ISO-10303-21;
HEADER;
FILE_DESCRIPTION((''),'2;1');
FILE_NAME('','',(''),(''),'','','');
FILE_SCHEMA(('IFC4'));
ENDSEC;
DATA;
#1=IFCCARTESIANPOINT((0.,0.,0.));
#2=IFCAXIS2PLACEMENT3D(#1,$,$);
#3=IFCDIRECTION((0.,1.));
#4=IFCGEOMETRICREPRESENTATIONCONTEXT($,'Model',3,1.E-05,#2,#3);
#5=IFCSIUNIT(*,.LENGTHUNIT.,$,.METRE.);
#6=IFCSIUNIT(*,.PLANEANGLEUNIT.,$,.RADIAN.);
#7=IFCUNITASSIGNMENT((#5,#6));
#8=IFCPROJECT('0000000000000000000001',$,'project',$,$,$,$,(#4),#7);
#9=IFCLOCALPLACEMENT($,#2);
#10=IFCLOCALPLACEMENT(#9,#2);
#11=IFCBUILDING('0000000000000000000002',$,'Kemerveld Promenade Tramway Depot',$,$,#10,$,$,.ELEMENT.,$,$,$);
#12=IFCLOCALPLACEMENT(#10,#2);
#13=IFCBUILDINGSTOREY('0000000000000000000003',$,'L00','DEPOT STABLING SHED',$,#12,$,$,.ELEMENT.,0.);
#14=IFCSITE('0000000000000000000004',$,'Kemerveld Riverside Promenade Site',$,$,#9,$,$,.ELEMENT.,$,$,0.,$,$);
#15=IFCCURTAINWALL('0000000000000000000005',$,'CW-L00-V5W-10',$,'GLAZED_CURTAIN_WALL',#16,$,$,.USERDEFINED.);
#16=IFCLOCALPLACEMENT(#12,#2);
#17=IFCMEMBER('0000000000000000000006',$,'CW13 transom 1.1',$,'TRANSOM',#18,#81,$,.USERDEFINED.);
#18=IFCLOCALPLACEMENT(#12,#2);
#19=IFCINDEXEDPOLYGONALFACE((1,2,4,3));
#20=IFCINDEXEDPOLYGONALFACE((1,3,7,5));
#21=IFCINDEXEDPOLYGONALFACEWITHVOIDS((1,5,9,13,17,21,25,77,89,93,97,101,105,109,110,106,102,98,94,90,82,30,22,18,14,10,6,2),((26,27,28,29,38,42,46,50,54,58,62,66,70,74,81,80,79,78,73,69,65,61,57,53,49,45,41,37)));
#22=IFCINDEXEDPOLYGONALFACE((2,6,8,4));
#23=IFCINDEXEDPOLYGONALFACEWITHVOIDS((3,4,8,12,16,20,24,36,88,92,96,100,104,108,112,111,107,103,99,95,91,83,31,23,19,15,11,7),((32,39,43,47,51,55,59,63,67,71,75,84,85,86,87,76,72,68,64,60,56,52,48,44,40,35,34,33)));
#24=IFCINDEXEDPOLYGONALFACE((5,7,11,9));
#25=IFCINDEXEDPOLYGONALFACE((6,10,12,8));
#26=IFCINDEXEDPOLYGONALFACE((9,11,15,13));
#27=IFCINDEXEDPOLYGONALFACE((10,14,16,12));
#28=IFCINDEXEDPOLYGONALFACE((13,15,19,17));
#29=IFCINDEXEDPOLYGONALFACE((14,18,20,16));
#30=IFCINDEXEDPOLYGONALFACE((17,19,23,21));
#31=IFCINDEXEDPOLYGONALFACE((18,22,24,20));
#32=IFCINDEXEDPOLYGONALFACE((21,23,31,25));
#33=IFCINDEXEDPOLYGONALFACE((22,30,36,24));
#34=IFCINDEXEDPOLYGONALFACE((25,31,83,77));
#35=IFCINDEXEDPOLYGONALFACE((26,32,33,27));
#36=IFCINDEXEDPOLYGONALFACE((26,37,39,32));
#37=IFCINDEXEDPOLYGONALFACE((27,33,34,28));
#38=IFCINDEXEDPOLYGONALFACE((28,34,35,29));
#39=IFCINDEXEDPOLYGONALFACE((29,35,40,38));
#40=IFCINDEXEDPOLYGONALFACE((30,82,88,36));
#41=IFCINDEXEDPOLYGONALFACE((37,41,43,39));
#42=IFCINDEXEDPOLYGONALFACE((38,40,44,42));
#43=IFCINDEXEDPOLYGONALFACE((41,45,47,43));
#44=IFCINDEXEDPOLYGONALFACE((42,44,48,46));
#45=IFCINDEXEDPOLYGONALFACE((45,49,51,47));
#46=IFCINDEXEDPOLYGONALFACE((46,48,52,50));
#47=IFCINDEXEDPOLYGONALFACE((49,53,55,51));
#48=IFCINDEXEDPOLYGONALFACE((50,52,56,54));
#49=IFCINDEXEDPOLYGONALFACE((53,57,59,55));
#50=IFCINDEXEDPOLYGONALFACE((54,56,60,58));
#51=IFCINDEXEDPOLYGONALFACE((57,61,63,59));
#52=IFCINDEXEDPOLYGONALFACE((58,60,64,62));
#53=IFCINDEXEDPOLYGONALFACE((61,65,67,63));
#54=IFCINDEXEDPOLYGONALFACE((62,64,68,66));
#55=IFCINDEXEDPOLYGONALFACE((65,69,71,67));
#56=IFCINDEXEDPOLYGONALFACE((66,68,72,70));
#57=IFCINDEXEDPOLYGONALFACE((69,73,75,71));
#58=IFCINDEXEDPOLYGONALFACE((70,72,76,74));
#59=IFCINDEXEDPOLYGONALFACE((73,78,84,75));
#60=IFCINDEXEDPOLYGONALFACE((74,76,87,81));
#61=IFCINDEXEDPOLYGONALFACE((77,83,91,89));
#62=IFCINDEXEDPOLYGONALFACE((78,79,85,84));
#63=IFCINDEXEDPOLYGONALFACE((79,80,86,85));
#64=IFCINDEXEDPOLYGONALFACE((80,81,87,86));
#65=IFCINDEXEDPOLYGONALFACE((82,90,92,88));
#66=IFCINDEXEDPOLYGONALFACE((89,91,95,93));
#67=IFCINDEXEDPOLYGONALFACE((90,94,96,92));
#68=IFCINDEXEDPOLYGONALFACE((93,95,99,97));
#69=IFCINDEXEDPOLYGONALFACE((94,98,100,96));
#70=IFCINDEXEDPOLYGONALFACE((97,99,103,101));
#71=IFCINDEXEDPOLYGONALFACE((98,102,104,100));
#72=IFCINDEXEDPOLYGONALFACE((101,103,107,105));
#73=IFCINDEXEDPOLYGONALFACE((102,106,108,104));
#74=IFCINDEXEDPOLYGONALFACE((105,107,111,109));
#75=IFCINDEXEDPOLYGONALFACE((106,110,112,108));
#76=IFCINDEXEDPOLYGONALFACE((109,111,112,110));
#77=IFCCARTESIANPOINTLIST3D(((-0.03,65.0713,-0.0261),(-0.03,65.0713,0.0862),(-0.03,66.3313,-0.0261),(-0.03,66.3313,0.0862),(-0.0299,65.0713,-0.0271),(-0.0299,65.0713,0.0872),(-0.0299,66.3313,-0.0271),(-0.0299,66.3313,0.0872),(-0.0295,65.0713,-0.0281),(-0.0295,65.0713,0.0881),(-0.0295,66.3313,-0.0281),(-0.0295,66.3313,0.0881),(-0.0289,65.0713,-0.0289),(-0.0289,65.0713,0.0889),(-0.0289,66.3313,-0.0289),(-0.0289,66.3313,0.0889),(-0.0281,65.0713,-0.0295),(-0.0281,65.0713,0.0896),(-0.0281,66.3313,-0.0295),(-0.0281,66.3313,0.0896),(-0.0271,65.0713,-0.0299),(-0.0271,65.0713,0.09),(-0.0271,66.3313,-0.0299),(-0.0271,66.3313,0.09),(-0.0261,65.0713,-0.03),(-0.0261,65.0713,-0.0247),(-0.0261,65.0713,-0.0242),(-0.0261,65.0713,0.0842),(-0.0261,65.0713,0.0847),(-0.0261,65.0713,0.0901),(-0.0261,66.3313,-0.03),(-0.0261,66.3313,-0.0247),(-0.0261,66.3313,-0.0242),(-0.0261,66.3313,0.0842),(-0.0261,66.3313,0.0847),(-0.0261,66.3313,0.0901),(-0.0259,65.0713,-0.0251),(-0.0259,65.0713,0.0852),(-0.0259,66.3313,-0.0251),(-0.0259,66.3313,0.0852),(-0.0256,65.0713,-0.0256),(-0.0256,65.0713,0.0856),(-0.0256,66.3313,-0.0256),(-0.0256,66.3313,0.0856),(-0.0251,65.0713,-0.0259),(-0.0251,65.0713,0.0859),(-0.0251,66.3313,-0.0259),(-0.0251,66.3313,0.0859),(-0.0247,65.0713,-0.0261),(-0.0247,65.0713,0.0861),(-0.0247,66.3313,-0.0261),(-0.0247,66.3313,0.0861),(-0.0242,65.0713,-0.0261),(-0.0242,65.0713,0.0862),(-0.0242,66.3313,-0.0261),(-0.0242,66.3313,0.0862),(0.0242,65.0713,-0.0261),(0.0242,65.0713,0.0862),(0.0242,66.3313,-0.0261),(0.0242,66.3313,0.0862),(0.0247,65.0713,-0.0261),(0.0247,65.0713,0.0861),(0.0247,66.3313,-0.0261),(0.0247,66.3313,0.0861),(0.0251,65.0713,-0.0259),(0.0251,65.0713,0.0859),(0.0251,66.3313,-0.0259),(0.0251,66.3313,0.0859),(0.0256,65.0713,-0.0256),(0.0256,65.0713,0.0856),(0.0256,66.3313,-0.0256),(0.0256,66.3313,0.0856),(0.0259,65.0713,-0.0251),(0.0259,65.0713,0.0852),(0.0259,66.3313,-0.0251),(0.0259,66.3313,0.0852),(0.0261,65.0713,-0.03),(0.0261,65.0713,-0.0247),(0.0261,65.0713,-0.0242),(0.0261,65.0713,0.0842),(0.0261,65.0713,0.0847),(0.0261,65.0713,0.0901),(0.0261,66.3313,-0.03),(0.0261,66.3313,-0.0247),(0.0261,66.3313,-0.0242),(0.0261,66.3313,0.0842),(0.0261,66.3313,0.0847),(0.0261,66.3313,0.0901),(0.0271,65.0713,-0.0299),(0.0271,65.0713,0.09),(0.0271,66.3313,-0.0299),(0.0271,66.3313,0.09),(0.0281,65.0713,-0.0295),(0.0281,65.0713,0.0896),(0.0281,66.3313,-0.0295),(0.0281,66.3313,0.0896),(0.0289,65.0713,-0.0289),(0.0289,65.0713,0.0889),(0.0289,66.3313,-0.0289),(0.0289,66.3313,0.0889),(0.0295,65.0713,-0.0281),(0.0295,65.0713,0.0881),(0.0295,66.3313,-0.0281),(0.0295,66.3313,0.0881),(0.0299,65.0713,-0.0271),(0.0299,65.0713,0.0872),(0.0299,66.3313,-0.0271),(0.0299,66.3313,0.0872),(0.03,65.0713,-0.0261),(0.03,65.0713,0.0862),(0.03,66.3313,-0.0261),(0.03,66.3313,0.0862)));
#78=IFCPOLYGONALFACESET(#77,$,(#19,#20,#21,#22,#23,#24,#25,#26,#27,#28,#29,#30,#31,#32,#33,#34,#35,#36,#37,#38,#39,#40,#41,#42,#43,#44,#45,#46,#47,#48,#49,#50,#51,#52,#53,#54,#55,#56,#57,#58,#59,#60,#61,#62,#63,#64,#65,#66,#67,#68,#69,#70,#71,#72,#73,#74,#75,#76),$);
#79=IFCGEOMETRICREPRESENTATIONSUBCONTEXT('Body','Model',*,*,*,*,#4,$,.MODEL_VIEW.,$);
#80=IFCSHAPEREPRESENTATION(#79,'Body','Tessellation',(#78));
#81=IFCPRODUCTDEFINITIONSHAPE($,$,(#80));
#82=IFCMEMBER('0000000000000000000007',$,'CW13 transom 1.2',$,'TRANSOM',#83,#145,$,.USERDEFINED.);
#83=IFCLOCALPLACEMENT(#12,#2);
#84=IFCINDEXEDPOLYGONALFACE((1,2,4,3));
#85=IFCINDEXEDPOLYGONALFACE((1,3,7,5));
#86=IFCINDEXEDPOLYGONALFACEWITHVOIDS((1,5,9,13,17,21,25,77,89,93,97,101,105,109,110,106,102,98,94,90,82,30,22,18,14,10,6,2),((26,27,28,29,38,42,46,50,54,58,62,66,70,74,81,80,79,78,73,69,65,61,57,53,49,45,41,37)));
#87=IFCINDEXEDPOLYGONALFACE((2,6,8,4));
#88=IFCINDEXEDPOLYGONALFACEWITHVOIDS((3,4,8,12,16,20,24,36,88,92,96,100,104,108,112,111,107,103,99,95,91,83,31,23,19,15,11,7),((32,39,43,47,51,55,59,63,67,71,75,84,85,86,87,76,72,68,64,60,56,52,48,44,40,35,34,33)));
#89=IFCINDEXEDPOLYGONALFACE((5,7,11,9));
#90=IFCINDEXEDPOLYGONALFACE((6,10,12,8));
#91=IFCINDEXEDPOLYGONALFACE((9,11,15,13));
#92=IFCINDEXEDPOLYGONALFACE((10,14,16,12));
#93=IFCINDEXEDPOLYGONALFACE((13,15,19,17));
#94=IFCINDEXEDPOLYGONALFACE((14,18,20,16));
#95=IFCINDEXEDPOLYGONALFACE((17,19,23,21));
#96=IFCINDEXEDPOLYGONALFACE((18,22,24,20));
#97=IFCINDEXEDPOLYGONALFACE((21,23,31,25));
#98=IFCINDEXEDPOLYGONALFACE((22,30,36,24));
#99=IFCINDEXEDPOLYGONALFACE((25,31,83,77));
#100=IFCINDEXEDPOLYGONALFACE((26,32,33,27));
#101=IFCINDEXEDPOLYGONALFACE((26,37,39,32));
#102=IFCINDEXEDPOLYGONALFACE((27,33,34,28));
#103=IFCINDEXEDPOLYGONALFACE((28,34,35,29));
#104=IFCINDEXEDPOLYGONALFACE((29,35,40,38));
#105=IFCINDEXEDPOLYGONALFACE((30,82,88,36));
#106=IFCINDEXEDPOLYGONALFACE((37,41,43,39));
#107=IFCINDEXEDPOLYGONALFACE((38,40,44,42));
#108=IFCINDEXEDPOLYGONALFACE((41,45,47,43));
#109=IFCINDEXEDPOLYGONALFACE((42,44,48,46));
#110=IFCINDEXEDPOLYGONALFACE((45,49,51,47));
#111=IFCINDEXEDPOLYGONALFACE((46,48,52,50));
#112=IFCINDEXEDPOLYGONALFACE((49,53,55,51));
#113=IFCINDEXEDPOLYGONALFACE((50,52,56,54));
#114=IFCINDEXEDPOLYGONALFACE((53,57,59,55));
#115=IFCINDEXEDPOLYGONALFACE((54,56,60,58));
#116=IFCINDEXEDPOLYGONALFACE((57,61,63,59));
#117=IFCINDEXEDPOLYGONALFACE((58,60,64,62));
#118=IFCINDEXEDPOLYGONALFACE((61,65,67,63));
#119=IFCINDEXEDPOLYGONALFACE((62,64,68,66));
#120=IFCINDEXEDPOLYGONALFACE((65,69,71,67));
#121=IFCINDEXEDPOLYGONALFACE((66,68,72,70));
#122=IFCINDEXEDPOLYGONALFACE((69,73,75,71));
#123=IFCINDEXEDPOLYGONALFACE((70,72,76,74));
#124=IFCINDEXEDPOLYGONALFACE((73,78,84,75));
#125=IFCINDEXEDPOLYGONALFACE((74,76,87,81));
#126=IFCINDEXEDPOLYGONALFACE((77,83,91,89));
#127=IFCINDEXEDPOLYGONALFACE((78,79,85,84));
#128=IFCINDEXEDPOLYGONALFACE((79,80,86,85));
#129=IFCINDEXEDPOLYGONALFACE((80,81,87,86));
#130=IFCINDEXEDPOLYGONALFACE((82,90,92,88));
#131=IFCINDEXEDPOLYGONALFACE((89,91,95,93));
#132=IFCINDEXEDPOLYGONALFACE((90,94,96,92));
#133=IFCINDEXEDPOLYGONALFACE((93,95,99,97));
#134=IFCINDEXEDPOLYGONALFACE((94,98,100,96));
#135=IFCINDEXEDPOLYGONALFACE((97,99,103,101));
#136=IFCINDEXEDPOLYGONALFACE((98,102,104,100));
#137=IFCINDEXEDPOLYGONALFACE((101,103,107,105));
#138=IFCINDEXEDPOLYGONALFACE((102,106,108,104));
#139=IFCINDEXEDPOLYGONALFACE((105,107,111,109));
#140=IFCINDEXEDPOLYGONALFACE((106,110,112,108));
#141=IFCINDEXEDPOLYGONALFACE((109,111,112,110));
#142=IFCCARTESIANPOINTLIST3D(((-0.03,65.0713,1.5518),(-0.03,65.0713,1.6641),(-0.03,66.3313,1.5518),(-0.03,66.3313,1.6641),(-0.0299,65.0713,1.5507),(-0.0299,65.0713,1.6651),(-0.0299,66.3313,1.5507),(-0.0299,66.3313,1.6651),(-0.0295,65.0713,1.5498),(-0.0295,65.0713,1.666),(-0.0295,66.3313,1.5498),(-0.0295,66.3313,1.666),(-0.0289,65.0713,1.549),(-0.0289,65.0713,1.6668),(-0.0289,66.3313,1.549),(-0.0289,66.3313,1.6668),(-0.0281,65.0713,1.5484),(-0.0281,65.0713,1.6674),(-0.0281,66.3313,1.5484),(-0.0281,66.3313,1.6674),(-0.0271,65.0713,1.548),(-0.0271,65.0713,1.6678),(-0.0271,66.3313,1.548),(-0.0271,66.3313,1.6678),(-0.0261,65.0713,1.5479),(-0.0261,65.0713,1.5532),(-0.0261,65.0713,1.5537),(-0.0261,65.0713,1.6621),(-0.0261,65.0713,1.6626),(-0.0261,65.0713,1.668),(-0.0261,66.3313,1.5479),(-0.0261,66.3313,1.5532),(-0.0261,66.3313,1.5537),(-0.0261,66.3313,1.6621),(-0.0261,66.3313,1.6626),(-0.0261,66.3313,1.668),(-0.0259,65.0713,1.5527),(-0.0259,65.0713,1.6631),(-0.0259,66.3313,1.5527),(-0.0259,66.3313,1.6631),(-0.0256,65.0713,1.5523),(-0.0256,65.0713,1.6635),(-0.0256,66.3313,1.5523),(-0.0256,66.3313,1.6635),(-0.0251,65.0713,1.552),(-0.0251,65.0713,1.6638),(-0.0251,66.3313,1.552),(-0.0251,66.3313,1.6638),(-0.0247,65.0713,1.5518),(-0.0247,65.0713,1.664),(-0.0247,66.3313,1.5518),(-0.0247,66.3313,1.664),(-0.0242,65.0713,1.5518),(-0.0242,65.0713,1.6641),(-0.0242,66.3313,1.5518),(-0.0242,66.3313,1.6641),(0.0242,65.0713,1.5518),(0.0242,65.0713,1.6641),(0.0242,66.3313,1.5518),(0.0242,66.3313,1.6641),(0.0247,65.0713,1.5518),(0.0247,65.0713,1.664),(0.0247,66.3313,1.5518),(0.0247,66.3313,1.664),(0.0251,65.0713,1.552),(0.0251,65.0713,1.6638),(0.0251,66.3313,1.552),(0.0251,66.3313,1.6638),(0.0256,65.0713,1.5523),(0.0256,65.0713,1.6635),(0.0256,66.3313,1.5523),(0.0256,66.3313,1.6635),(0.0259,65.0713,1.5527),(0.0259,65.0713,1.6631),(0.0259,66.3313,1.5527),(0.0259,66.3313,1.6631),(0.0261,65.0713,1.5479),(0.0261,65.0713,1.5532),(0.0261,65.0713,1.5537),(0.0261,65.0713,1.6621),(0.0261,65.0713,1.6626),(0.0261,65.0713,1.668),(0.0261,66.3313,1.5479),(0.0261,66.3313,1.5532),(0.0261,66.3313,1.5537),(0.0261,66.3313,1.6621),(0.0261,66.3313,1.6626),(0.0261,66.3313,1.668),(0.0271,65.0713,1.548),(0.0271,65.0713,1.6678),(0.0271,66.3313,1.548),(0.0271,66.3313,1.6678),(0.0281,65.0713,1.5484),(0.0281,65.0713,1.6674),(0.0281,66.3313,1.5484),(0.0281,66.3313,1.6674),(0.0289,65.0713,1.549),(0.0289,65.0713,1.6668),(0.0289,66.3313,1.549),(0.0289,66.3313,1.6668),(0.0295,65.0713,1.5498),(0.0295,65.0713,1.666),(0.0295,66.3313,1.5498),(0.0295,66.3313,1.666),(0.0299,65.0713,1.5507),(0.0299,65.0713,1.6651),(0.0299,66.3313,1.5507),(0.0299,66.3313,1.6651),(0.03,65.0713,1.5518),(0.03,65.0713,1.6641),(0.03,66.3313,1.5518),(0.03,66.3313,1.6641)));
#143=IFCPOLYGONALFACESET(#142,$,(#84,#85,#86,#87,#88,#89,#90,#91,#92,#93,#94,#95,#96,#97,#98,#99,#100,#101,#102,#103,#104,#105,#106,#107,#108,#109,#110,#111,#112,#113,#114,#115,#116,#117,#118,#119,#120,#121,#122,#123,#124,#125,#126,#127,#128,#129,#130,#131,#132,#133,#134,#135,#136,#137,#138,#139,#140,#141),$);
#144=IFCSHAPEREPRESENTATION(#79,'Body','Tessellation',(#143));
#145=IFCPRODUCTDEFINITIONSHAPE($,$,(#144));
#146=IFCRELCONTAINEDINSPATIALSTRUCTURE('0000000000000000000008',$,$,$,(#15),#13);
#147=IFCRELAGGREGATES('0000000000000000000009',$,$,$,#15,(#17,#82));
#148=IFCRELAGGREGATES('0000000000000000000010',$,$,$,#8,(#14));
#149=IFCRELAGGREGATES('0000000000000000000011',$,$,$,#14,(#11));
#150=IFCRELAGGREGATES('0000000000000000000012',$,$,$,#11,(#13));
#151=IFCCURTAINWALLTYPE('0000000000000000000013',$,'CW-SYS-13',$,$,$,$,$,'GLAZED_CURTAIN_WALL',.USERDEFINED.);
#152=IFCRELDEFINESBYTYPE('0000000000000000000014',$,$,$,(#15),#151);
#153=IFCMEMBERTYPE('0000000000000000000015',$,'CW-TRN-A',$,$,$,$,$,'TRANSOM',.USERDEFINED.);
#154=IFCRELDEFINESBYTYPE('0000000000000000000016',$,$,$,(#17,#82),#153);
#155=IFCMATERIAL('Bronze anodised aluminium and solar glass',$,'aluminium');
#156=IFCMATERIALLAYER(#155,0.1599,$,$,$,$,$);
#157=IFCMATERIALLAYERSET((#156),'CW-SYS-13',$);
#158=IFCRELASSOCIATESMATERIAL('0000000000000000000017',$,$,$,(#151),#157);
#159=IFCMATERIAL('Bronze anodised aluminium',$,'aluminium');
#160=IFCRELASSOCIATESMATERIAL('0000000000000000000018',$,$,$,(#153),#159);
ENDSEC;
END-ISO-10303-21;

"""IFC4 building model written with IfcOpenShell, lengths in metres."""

from ifc_helpers import new_model, si_unit, direction, frame, origin, origin_2d, place, context, subcontext, project, spatial, hollow_rectangle, extrude, material, layer, layer_set, material_profile, profile_set, type_object, element, aggregate, save


model = new_model("IFC4")

# Units and contexts
model_context = context("Model", 3, precision=1e-05, world=origin(), true_north=direction((0.0, 1.0)))
body_context = subcontext(model_context, "Body", "Model", "MODEL_VIEW")
ifc_project = project(units=[si_unit("LENGTHUNIT", "METRE"), si_unit("PLANEANGLEUNIT", "RADIAN")], contexts=[model_context])

# Site, building, storey
site_placement = place(None, origin())
site = spatial("IfcSite", under=ifc_project, at=site_placement, Name="Kemerveld Riverside Promenade Site", CompositionType="ELEMENT", RefElevation=0.0)
building_placement = place(site_placement, origin())
building = spatial("IfcBuilding", under=site, at=building_placement, Name="Kemerveld Promenade Tramway Depot", CompositionType="ELEMENT")
storey_placement = place(building_placement, origin())
storey = spatial("IfcBuildingStorey", under=building, at=storey_placement, Name="L00", Description="DEPOT STABLING SHED", CompositionType="ELEMENT", Elevation=0.0)

# Curtain wall, members
ifc_material_1 = material(Name="Bronze anodised aluminium and solar glass", Category="aluminium")
ifc_layer_1 = layer(ifc_material_1, 0.1599)
ifc_layer_set_1 = layer_set([ifc_layer_1], Name="CW-SYS-13")
curtain_wall_type = type_object("IfcCurtainWallType", Name="CW-SYS-13", ElementType="GLAZED_CURTAIN_WALL", PredefinedType="USERDEFINED", material=ifc_layer_set_1)
curtain_wall_placement = place(storey_placement, origin())
curtain_wall = element("IfcCurtainWall", 1, at=curtain_wall_placement, inside=storey, type_object=curtain_wall_type, Name="CW-L00-V5W-10", ObjectType="GLAZED_CURTAIN_WALL", PredefinedType="USERDEFINED")
ifc_material_2 = material(Name="Bronze anodised aluminium", Category="aluminium")
ifc_material_profile_1 = material_profile(ifc_material_2, hollow_rectangle(XDim=0.0601, YDim=0.1201, WallThickness=0.0039, InnerFilletRadius=0.002, OuterFilletRadius=0.0039, at=origin_2d()), Name="CW-TRN-120x60")
ifc_profile_set_1 = profile_set([ifc_material_profile_1], Name="Bronze anodised aluminium")
member_type_1 = type_object("IfcMemberType", Name="CW-TRN-A", ElementType="TRANSOM", PredefinedType="USERDEFINED", material=ifc_profile_set_1)
member_1_placement = place(storey_placement, frame((0.0, 65.0713, 0.03), z_axis=(0.0, 1.0, 0.0), x_axis=(-1.0, 0.0, 0.0)))
member_1 = element("IfcMember", 2, at=member_1_placement, type_object=member_type_1, Name="CW13 transom 1.1", ObjectType="TRANSOM", PredefinedType="USERDEFINED", context=body_context, shape_type="SweptSolid", body=[
    extrude(hollow_rectangle(XDim=0.0601, YDim=0.1201, WallThickness=0.0039, InnerFilletRadius=0.002, OuterFilletRadius=0.0039, at=origin_2d()), origin(), (0.0, 0.0, 1.0), 1.26),
])
member_2_placement = place(storey_placement, frame((0.0, 65.0713, 1.6079), z_axis=(0.0, 1.0, 0.0), x_axis=(-1.0, 0.0, 0.0)))
member_2 = element("IfcMember", 3, at=member_2_placement, type_object=member_type_1, Name="CW13 transom 1.2", ObjectType="TRANSOM", PredefinedType="USERDEFINED", context=body_context, shape_type="SweptSolid", body=[
    extrude(hollow_rectangle(XDim=0.0601, YDim=0.1201, WallThickness=0.0039, InnerFilletRadius=0.002, OuterFilletRadius=0.0039, at=origin_2d()), origin(), (0.0, 0.0, 1.0), 1.26),
])
aggregate(curtain_wall, [member_1, member_2])

save(model, "model.ifc")
